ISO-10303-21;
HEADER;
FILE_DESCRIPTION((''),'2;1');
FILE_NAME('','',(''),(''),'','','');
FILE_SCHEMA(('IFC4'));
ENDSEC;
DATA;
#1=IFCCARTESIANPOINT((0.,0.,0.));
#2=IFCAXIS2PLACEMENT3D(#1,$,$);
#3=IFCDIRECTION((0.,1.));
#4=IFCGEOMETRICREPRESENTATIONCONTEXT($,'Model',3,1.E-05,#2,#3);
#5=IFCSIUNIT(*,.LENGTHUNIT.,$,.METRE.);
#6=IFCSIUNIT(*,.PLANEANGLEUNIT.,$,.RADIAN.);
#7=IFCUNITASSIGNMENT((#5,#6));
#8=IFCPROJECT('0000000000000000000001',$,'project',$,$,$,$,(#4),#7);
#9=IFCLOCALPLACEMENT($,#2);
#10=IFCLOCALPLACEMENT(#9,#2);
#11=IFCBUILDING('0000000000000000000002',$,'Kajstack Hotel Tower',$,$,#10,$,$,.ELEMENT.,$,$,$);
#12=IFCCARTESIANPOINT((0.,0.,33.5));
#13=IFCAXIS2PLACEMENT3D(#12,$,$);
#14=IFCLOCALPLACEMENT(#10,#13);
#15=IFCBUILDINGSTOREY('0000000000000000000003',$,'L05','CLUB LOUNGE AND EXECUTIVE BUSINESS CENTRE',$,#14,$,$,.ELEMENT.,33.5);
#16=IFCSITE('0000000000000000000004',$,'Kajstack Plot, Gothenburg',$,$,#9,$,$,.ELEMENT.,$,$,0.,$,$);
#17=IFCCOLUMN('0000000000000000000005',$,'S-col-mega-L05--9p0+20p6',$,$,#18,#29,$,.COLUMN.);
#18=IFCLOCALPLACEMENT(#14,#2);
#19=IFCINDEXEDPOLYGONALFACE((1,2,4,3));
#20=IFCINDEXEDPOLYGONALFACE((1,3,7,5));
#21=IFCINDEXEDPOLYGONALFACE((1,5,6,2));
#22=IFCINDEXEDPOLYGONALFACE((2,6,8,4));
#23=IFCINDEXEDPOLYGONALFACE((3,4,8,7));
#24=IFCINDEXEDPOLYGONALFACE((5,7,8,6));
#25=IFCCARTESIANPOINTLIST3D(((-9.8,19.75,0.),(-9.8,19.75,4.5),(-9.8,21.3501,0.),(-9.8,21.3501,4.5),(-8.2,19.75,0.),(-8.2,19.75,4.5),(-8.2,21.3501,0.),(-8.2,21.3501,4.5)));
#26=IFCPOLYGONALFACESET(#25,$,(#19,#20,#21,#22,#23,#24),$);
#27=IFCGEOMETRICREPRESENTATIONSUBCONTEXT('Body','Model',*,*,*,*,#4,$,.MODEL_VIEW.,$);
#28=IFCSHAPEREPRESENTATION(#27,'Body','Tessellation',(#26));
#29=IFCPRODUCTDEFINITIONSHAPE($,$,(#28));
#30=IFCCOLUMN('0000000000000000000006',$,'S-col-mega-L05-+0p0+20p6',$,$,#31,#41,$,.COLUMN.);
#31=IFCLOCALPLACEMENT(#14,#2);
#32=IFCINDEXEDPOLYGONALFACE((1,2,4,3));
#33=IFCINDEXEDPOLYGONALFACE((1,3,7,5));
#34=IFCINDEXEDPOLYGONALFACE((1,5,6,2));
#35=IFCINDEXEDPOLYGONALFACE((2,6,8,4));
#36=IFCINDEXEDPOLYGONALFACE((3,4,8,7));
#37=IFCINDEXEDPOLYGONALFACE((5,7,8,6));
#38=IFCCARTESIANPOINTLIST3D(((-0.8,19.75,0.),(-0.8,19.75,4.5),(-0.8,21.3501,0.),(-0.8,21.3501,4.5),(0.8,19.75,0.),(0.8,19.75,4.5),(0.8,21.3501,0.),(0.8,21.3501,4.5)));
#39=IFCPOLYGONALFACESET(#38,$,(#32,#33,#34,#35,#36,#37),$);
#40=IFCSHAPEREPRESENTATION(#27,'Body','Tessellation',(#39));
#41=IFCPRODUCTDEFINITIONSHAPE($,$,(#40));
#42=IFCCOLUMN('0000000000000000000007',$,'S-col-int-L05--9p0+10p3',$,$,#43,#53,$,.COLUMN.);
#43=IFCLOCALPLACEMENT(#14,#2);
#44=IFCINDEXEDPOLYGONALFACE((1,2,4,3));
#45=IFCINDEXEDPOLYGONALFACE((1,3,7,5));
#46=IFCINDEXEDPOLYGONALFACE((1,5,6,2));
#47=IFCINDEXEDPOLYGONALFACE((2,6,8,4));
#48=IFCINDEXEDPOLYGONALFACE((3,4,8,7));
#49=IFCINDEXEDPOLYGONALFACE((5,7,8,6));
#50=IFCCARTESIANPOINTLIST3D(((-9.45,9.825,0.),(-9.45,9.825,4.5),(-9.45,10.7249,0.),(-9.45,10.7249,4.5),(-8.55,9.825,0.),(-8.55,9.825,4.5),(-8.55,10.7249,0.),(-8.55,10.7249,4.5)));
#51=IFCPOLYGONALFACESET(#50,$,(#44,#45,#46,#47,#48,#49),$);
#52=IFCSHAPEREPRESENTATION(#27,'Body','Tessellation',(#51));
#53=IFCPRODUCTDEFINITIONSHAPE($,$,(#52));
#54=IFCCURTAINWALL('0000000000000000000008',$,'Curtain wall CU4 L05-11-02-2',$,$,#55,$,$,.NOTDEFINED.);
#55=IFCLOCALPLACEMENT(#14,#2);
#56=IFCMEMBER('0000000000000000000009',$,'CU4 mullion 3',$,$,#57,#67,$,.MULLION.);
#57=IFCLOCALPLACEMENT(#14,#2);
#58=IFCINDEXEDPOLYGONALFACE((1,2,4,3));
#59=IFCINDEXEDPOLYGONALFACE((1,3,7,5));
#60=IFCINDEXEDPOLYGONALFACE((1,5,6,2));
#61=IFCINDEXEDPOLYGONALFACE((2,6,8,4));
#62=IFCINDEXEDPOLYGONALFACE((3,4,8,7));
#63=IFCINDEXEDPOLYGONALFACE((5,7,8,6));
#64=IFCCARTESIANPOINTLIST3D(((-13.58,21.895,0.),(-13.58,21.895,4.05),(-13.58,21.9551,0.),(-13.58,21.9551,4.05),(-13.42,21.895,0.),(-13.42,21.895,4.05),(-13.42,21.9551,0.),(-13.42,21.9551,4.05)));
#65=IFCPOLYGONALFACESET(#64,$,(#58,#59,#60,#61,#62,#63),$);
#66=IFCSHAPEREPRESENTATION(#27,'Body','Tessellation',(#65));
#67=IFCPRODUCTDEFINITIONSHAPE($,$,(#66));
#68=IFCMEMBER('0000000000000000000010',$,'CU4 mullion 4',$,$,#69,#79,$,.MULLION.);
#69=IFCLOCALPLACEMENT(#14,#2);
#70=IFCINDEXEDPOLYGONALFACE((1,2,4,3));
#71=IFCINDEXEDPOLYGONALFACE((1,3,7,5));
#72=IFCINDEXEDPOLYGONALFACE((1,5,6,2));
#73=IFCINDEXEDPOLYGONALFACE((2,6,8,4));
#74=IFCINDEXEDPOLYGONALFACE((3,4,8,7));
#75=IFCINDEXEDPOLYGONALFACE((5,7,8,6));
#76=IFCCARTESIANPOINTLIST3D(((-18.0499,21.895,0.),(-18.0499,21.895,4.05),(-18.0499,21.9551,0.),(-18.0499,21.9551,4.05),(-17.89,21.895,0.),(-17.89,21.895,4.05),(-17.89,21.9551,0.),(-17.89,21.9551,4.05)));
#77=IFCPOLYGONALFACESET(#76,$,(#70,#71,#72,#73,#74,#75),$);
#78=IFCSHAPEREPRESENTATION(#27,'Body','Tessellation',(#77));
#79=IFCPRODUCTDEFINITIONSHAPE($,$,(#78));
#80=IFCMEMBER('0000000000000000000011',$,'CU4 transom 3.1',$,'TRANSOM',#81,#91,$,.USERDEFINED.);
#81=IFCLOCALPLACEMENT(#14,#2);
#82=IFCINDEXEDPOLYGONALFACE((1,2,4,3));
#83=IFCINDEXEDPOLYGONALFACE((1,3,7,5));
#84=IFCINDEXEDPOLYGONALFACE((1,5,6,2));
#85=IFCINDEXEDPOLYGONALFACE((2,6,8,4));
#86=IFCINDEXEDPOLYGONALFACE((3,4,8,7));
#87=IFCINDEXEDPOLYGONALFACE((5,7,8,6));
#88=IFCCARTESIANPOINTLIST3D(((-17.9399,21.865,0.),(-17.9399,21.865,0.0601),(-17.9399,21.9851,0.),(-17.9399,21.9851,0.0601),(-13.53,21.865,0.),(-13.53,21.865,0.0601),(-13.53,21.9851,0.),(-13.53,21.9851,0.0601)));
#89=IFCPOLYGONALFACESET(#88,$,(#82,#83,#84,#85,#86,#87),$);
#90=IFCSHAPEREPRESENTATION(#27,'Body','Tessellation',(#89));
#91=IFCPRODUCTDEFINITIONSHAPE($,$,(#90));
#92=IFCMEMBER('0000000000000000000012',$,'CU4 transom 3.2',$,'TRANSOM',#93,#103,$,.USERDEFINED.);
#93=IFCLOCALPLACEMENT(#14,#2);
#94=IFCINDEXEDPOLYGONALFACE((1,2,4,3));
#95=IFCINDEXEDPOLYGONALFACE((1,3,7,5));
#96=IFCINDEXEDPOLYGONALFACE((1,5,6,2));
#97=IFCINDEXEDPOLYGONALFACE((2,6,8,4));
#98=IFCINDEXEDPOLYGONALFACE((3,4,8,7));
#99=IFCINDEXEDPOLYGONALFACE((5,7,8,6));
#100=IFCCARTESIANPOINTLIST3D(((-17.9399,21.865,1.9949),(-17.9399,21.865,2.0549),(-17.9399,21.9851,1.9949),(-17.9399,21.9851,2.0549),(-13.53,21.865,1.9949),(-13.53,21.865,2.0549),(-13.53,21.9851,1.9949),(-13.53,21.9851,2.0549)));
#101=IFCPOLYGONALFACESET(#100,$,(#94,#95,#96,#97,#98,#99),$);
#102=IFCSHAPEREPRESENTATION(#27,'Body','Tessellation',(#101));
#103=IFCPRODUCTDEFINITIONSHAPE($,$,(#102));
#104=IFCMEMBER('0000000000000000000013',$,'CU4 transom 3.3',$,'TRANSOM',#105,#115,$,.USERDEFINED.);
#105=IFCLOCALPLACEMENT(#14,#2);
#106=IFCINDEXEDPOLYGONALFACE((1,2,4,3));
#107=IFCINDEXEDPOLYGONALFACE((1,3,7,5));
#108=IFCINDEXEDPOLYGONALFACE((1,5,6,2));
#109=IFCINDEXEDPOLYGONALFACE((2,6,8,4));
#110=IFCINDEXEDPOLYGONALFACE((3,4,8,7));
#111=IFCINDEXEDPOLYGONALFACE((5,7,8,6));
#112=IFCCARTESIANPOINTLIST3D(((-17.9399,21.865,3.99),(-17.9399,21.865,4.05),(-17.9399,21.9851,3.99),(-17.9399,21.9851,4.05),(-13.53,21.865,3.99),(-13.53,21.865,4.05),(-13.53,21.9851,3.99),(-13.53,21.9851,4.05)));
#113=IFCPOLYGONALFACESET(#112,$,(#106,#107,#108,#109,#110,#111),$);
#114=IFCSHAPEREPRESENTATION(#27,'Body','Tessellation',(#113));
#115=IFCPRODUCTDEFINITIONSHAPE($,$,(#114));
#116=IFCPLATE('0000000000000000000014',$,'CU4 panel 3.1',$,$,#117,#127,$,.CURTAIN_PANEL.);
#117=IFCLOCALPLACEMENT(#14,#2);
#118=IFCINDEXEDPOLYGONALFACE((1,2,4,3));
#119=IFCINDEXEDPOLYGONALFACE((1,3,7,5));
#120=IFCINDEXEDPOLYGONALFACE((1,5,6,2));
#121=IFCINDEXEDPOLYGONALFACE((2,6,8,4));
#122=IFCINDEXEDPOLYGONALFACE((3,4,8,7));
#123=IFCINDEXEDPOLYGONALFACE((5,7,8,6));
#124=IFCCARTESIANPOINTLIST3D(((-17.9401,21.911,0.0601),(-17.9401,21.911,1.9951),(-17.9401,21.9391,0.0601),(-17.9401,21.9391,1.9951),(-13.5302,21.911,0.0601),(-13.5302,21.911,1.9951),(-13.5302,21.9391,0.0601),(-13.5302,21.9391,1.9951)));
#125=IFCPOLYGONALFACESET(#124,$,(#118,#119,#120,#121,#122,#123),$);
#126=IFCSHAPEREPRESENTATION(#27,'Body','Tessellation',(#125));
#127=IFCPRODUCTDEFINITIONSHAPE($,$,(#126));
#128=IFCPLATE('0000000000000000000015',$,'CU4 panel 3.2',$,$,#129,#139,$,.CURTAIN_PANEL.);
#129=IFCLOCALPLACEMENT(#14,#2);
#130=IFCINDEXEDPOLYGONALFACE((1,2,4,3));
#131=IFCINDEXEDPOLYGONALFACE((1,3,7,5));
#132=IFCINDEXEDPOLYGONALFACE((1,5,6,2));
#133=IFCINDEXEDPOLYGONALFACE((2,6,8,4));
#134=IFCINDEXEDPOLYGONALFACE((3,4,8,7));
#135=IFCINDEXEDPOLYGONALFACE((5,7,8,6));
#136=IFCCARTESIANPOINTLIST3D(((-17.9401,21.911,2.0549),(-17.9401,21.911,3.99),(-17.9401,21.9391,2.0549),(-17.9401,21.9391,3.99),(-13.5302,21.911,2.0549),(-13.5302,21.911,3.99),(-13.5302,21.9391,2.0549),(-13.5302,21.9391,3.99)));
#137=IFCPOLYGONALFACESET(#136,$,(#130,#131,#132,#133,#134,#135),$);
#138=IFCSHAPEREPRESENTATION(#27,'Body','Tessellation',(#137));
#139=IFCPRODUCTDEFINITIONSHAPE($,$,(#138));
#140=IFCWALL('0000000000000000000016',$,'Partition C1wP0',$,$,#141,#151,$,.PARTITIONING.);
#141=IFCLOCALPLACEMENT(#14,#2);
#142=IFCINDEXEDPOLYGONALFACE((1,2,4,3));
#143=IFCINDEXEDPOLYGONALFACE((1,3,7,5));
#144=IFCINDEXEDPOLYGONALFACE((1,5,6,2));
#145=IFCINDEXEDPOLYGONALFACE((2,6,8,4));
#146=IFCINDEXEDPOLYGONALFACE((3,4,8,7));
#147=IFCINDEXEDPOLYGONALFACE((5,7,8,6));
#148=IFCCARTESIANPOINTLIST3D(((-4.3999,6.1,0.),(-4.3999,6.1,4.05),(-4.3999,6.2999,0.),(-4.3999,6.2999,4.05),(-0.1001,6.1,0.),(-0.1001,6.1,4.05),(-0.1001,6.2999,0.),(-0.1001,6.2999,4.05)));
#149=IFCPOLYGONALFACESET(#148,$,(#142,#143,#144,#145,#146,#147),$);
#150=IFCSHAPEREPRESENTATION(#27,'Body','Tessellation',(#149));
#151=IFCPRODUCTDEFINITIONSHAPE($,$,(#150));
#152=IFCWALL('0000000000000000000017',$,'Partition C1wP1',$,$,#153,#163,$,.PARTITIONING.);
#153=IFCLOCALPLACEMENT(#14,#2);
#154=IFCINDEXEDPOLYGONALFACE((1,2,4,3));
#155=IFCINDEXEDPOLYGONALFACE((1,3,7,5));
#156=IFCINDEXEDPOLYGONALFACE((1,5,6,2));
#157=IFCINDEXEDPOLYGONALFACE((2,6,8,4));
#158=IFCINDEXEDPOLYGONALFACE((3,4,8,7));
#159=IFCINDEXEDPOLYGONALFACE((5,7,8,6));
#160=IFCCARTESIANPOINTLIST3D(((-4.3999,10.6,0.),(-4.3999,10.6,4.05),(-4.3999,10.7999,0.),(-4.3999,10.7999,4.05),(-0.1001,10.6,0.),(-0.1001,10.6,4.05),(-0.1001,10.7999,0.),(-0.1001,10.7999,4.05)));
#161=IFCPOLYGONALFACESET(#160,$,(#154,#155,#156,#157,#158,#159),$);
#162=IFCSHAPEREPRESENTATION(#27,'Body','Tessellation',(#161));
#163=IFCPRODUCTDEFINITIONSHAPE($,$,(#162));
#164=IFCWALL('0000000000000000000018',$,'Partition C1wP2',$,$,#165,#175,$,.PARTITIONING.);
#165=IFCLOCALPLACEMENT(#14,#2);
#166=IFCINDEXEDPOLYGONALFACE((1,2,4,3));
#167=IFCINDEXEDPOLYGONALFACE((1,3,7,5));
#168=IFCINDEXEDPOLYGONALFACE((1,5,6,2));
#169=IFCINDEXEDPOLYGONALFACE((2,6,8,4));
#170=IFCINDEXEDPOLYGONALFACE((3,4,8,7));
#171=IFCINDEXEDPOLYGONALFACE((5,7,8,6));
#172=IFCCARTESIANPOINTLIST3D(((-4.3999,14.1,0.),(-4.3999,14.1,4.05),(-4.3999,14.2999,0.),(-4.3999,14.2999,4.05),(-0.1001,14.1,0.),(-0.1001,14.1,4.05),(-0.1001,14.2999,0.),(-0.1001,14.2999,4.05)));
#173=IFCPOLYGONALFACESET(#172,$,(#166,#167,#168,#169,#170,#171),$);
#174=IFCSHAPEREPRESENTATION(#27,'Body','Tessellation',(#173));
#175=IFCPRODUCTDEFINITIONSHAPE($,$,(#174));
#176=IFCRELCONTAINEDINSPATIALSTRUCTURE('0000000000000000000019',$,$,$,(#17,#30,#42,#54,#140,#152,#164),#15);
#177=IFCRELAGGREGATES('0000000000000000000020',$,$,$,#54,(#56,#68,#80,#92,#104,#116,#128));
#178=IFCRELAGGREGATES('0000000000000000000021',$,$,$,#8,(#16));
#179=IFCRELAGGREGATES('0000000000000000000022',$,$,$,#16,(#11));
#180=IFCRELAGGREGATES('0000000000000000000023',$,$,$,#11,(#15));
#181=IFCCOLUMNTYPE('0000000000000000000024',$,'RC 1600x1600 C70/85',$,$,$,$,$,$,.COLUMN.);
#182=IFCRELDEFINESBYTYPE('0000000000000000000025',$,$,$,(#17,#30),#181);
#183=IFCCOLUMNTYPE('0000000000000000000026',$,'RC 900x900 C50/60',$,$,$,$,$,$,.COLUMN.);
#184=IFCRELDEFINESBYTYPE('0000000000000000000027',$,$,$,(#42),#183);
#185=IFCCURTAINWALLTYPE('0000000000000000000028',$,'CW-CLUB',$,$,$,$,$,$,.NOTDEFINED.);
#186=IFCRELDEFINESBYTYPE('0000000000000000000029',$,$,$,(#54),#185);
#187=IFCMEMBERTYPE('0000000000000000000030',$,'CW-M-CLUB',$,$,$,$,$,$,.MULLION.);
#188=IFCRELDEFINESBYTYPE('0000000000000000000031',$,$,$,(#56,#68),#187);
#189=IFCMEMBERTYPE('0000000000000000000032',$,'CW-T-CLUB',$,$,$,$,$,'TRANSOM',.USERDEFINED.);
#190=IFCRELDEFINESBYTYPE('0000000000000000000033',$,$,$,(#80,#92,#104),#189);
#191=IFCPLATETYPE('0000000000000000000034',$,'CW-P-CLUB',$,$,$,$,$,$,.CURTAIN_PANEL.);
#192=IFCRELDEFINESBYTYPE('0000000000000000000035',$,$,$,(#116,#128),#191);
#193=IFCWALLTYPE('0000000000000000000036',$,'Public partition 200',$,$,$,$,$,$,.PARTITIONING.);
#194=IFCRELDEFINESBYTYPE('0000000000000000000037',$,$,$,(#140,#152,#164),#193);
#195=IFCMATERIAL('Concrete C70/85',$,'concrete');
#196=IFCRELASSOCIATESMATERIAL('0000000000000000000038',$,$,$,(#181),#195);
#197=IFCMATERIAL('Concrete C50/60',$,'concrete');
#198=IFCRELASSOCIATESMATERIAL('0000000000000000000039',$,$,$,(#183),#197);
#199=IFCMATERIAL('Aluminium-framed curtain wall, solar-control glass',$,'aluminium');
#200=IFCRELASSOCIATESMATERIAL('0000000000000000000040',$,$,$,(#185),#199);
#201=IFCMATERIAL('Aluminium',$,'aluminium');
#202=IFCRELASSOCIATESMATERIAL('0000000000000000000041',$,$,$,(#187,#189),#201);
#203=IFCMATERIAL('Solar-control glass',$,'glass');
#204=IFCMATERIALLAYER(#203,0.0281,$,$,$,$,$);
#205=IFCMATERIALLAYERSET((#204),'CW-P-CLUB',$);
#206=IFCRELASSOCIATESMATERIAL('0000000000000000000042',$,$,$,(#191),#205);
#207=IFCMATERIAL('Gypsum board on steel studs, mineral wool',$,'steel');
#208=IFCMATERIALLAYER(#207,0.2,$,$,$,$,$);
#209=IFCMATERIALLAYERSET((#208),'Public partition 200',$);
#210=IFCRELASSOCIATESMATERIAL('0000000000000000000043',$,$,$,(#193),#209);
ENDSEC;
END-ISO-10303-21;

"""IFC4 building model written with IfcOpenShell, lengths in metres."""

from ifc_helpers import new_model, si_unit, direction, frame, frame_2d, origin, origin_2d, place, context, subcontext, project, spatial, rectangle, extrude, material, layer, layer_set, material_profile, profile_set, type_object, element, aggregate, save


model = new_model("IFC4")

# Units and contexts
model_context = context("Model", 3, precision=1e-05, world=origin(), true_north=direction((0.0, 1.0)))
body_context = subcontext(model_context, "Body", "Model", "MODEL_VIEW")
ifc_project = project(units=[si_unit("LENGTHUNIT", "METRE"), si_unit("PLANEANGLEUNIT", "RADIAN")], contexts=[model_context])

# Site, building, storey
site_placement = place(None, origin())
site = spatial("IfcSite", under=ifc_project, at=site_placement, Name="Kajstack Plot, Gothenburg", CompositionType="ELEMENT", RefElevation=0.0)
building_placement = place(site_placement, origin())
building = spatial("IfcBuilding", under=site, at=building_placement, Name="Kajstack Hotel Tower", CompositionType="ELEMENT")
storey_placement = place(building_placement, frame((0.0, 0.0, 33.5)))
storey = spatial("IfcBuildingStorey", under=building, at=storey_placement, Name="L05", Description="CLUB LOUNGE AND EXECUTIVE BUSINESS CENTRE", CompositionType="ELEMENT", Elevation=33.5)

# Columns
ifc_material_1 = material(Name="Concrete C70/85", Category="concrete")
ifc_material_profile_1 = material_profile(ifc_material_1, rectangle(XDim=1.6001, YDim=1.6001, at=origin_2d()), Name="RC 1600x1600")
ifc_profile_set_1 = profile_set([ifc_material_profile_1], Name="Concrete C70/85")
column_type_1 = type_object("IfcColumnType", Name="RC 1600x1600 C70/85", PredefinedType="COLUMN", material=ifc_profile_set_1)
for number, where, z_axis, x_axis, name in (
    (1, (-9.0, 20.55, 0.0), (0.0, 0.0, 1.0), (1.0, 0.0, 0.0), "S-col-mega-L05--9p0+20p6"),
    (2, (0.0, 20.55, 0.0), (0.0, 0.0, 1.0), (1.0, 0.0, 0.0), "S-col-mega-L05-+0p0+20p6"),
):
    element("IfcColumn", number, at=place(storey_placement, frame(where, z_axis=z_axis, x_axis=x_axis)), inside=storey, type_object=column_type_1, Name=name, PredefinedType="COLUMN", context=body_context, shape_type="SweptSolid", body=[
        extrude(rectangle(XDim=1.6001, YDim=1.6001, at=origin_2d()), origin(), (0.0, 0.0, 1.0), 4.5),
    ])
ifc_material_2 = material(Name="Concrete C50/60", Category="concrete")
ifc_material_profile_2 = material_profile(ifc_material_2, rectangle(XDim=0.8999, YDim=0.8999, at=origin_2d()), Name="RC 900x900")
ifc_profile_set_2 = profile_set([ifc_material_profile_2], Name="Concrete C50/60")
column_type_2 = type_object("IfcColumnType", Name="RC 900x900 C50/60", PredefinedType="COLUMN", material=ifc_profile_set_2)
column_placement = place(storey_placement, frame((-9.0, 10.2749, 0.0), z_axis=(0.0, 0.0, 1.0), x_axis=(1.0, 0.0, 0.0)))
element("IfcColumn", 3, at=column_placement, inside=storey, type_object=column_type_2, Name="S-col-int-L05--9p0+10p3", PredefinedType="COLUMN", context=body_context, shape_type="SweptSolid", body=[
    extrude(rectangle(XDim=0.8999, YDim=0.8999, at=origin_2d()), origin(), (0.0, 0.0, 1.0), 4.5),
])

# Curtain wall, members, plates
ifc_material_3 = material(Name="Aluminium-framed curtain wall, solar-control glass", Category="aluminium")
curtain_wall_type = type_object("IfcCurtainWallType", Name="CW-CLUB", PredefinedType="NOTDEFINED", material=ifc_material_3)
curtain_wall_placement = place(storey_placement, origin())
curtain_wall = element("IfcCurtainWall", 4, at=curtain_wall_placement, inside=storey, type_object=curtain_wall_type, Name="Curtain wall CU4 L05-11-02-2", PredefinedType="NOTDEFINED")
ifc_material_4 = material(Name="Aluminium", Category="aluminium")
ifc_material_profile_3 = material_profile(ifc_material_4, rectangle(XDim=0.0601, YDim=0.1599, at=origin_2d()), Name="Aluminium mullion 60 x 160")
ifc_profile_set_3 = profile_set([ifc_material_profile_3], Name="Aluminium")
member_type_1 = type_object("IfcMemberType", Name="CW-M-CLUB", PredefinedType="MULLION", material=ifc_profile_set_3)
member_1_placement = place(storey_placement, frame((-13.5, 21.925, 0.0), z_axis=(0.0, 0.0, 1.0), x_axis=(0.0, -1.0, 0.0)))
member_1 = element("IfcMember", 5, at=member_1_placement, type_object=member_type_1, Name="CU4 mullion 3", PredefinedType="MULLION", context=body_context, shape_type="SweptSolid", body=[
    extrude(rectangle(XDim=0.0601, YDim=0.1599, at=origin_2d()), origin(), (0.0, 0.0, 1.0), 4.05),
])
member_2_placement = place(storey_placement, frame((-17.97, 21.925, 0.0), z_axis=(0.0, 0.0, 1.0), x_axis=(0.0, -1.0, 0.0)))
member_2 = element("IfcMember", 6, at=member_2_placement, type_object=member_type_1, Name="CU4 mullion 4", PredefinedType="MULLION", context=body_context, shape_type="SweptSolid", body=[
    extrude(rectangle(XDim=0.0601, YDim=0.1599, at=origin_2d()), origin(), (0.0, 0.0, 1.0), 4.05),
])
ifc_material_profile_4 = material_profile(ifc_material_4, rectangle(XDim=0.1201, YDim=0.0601, at=origin_2d()), Name="Aluminium transom 120 x 60")
ifc_profile_set_4 = profile_set([ifc_material_profile_4], Name="Aluminium")
member_type_2 = type_object("IfcMemberType", Name="CW-T-CLUB", ElementType="TRANSOM", PredefinedType="USERDEFINED", material=ifc_profile_set_4)
member_3_placement = place(storey_placement, frame((-13.53, 21.925, 0.03), z_axis=(-1.0, 0.0, 0.0), x_axis=(0.0, -1.0, 0.0)))
member_3 = element("IfcMember", 7, at=member_3_placement, type_object=member_type_2, Name="CU4 transom 3.1", ObjectType="TRANSOM", PredefinedType="USERDEFINED", context=body_context, shape_type="SweptSolid", body=[
    extrude(rectangle(XDim=0.1201, YDim=0.0601, at=origin_2d()), origin(), (0.0, 0.0, 1.0), 4.4099),
])
member_4_placement = place(storey_placement, frame((-13.53, 21.925, 2.0249), z_axis=(-1.0, 0.0, 0.0), x_axis=(0.0, -1.0, 0.0)))
member_4 = element("IfcMember", 8, at=member_4_placement, type_object=member_type_2, Name="CU4 transom 3.2", ObjectType="TRANSOM", PredefinedType="USERDEFINED", context=body_context, shape_type="SweptSolid", body=[
    extrude(rectangle(XDim=0.1201, YDim=0.0601, at=origin_2d()), origin(), (0.0, 0.0, 1.0), 4.4099),
])
member_5_placement = place(storey_placement, frame((-13.53, 21.925, 4.02), z_axis=(-1.0, 0.0, 0.0), x_axis=(0.0, -1.0, 0.0)))
member_5 = element("IfcMember", 9, at=member_5_placement, type_object=member_type_2, Name="CU4 transom 3.3", ObjectType="TRANSOM", PredefinedType="USERDEFINED", context=body_context, shape_type="SweptSolid", body=[
    extrude(rectangle(XDim=0.1201, YDim=0.0601, at=origin_2d()), origin(), (0.0, 0.0, 1.0), 4.4099),
])
ifc_material_5 = material(Name="Solar-control glass", Category="glass")
ifc_layer_1 = layer(ifc_material_5, 0.0281)
ifc_layer_set_1 = layer_set([ifc_layer_1], Name="CW-P-CLUB")
plate_type = type_object("IfcPlateType", Name="CW-P-CLUB", PredefinedType="CURTAIN_PANEL", material=ifc_layer_set_1)
plate_1_placement = place(storey_placement, frame((-15.7351, 21.925, 0.0601), z_axis=(0.0, 0.0, 1.0), x_axis=(-1.0, 0.0, 0.0)))
plate_1 = element("IfcPlate", 10, at=plate_1_placement, type_object=plate_type, Name="CU4 panel 3.1", PredefinedType="CURTAIN_PANEL", context=body_context, shape_type="SweptSolid", body=[
    extrude(rectangle(XDim=4.4099, YDim=0.0281, at=origin_2d()), origin(), (0.0, 0.0, 1.0), 1.9351),
])
plate_2_placement = place(storey_placement, frame((-15.7351, 21.925, 2.0549), z_axis=(0.0, 0.0, 1.0), x_axis=(-1.0, 0.0, 0.0)))
plate_2 = element("IfcPlate", 11, at=plate_2_placement, type_object=plate_type, Name="CU4 panel 3.2", PredefinedType="CURTAIN_PANEL", context=body_context, shape_type="SweptSolid", body=[
    extrude(rectangle(XDim=4.4099, YDim=0.0281, at=origin_2d()), origin(), (0.0, 0.0, 1.0), 1.9351),
])
aggregate(curtain_wall, [member_1, member_2, member_3, member_4, member_5, plate_1, plate_2])

# Walls
ifc_material_6 = material(Name="Gypsum board on steel studs, mineral wool", Category="steel")
ifc_layer_2 = layer(ifc_material_6, 0.2)
ifc_layer_set_2 = layer_set([ifc_layer_2], Name="Public partition 200")
wall_type_1 = type_object("IfcWallType", Name="Public partition 200", PredefinedType="PARTITIONING", material=ifc_layer_set_2)
for number, where, z_axis, x_axis, name in (
    (12, (-4.3999, 6.2, 0.0), (0.0, 0.0, 1.0), (1.0, 0.0, 0.0), "Partition C1wP0"),
    (13, (-4.3999, 10.7, 0.0), (0.0, 0.0, 1.0), (1.0, 0.0, 0.0), "Partition C1wP1"),
    (14, (-4.3999, 14.2, 0.0), (0.0, 0.0, 1.0), (1.0, 0.0, 0.0), "Partition C1wP2"),
):
    element("IfcWall", number, at=place(storey_placement, frame(where, z_axis=z_axis, x_axis=x_axis)), inside=storey, type_object=wall_type_1, Name=name, PredefinedType="PARTITIONING", context=body_context, shape_type="SweptSolid", body=[
        extrude(rectangle(XDim=4.2998, YDim=0.2, at=frame_2d((2.1499, 0.0))), origin(), (0.0, 0.0, 1.0), 4.05),
    ])

save(model, "model.ifc")
